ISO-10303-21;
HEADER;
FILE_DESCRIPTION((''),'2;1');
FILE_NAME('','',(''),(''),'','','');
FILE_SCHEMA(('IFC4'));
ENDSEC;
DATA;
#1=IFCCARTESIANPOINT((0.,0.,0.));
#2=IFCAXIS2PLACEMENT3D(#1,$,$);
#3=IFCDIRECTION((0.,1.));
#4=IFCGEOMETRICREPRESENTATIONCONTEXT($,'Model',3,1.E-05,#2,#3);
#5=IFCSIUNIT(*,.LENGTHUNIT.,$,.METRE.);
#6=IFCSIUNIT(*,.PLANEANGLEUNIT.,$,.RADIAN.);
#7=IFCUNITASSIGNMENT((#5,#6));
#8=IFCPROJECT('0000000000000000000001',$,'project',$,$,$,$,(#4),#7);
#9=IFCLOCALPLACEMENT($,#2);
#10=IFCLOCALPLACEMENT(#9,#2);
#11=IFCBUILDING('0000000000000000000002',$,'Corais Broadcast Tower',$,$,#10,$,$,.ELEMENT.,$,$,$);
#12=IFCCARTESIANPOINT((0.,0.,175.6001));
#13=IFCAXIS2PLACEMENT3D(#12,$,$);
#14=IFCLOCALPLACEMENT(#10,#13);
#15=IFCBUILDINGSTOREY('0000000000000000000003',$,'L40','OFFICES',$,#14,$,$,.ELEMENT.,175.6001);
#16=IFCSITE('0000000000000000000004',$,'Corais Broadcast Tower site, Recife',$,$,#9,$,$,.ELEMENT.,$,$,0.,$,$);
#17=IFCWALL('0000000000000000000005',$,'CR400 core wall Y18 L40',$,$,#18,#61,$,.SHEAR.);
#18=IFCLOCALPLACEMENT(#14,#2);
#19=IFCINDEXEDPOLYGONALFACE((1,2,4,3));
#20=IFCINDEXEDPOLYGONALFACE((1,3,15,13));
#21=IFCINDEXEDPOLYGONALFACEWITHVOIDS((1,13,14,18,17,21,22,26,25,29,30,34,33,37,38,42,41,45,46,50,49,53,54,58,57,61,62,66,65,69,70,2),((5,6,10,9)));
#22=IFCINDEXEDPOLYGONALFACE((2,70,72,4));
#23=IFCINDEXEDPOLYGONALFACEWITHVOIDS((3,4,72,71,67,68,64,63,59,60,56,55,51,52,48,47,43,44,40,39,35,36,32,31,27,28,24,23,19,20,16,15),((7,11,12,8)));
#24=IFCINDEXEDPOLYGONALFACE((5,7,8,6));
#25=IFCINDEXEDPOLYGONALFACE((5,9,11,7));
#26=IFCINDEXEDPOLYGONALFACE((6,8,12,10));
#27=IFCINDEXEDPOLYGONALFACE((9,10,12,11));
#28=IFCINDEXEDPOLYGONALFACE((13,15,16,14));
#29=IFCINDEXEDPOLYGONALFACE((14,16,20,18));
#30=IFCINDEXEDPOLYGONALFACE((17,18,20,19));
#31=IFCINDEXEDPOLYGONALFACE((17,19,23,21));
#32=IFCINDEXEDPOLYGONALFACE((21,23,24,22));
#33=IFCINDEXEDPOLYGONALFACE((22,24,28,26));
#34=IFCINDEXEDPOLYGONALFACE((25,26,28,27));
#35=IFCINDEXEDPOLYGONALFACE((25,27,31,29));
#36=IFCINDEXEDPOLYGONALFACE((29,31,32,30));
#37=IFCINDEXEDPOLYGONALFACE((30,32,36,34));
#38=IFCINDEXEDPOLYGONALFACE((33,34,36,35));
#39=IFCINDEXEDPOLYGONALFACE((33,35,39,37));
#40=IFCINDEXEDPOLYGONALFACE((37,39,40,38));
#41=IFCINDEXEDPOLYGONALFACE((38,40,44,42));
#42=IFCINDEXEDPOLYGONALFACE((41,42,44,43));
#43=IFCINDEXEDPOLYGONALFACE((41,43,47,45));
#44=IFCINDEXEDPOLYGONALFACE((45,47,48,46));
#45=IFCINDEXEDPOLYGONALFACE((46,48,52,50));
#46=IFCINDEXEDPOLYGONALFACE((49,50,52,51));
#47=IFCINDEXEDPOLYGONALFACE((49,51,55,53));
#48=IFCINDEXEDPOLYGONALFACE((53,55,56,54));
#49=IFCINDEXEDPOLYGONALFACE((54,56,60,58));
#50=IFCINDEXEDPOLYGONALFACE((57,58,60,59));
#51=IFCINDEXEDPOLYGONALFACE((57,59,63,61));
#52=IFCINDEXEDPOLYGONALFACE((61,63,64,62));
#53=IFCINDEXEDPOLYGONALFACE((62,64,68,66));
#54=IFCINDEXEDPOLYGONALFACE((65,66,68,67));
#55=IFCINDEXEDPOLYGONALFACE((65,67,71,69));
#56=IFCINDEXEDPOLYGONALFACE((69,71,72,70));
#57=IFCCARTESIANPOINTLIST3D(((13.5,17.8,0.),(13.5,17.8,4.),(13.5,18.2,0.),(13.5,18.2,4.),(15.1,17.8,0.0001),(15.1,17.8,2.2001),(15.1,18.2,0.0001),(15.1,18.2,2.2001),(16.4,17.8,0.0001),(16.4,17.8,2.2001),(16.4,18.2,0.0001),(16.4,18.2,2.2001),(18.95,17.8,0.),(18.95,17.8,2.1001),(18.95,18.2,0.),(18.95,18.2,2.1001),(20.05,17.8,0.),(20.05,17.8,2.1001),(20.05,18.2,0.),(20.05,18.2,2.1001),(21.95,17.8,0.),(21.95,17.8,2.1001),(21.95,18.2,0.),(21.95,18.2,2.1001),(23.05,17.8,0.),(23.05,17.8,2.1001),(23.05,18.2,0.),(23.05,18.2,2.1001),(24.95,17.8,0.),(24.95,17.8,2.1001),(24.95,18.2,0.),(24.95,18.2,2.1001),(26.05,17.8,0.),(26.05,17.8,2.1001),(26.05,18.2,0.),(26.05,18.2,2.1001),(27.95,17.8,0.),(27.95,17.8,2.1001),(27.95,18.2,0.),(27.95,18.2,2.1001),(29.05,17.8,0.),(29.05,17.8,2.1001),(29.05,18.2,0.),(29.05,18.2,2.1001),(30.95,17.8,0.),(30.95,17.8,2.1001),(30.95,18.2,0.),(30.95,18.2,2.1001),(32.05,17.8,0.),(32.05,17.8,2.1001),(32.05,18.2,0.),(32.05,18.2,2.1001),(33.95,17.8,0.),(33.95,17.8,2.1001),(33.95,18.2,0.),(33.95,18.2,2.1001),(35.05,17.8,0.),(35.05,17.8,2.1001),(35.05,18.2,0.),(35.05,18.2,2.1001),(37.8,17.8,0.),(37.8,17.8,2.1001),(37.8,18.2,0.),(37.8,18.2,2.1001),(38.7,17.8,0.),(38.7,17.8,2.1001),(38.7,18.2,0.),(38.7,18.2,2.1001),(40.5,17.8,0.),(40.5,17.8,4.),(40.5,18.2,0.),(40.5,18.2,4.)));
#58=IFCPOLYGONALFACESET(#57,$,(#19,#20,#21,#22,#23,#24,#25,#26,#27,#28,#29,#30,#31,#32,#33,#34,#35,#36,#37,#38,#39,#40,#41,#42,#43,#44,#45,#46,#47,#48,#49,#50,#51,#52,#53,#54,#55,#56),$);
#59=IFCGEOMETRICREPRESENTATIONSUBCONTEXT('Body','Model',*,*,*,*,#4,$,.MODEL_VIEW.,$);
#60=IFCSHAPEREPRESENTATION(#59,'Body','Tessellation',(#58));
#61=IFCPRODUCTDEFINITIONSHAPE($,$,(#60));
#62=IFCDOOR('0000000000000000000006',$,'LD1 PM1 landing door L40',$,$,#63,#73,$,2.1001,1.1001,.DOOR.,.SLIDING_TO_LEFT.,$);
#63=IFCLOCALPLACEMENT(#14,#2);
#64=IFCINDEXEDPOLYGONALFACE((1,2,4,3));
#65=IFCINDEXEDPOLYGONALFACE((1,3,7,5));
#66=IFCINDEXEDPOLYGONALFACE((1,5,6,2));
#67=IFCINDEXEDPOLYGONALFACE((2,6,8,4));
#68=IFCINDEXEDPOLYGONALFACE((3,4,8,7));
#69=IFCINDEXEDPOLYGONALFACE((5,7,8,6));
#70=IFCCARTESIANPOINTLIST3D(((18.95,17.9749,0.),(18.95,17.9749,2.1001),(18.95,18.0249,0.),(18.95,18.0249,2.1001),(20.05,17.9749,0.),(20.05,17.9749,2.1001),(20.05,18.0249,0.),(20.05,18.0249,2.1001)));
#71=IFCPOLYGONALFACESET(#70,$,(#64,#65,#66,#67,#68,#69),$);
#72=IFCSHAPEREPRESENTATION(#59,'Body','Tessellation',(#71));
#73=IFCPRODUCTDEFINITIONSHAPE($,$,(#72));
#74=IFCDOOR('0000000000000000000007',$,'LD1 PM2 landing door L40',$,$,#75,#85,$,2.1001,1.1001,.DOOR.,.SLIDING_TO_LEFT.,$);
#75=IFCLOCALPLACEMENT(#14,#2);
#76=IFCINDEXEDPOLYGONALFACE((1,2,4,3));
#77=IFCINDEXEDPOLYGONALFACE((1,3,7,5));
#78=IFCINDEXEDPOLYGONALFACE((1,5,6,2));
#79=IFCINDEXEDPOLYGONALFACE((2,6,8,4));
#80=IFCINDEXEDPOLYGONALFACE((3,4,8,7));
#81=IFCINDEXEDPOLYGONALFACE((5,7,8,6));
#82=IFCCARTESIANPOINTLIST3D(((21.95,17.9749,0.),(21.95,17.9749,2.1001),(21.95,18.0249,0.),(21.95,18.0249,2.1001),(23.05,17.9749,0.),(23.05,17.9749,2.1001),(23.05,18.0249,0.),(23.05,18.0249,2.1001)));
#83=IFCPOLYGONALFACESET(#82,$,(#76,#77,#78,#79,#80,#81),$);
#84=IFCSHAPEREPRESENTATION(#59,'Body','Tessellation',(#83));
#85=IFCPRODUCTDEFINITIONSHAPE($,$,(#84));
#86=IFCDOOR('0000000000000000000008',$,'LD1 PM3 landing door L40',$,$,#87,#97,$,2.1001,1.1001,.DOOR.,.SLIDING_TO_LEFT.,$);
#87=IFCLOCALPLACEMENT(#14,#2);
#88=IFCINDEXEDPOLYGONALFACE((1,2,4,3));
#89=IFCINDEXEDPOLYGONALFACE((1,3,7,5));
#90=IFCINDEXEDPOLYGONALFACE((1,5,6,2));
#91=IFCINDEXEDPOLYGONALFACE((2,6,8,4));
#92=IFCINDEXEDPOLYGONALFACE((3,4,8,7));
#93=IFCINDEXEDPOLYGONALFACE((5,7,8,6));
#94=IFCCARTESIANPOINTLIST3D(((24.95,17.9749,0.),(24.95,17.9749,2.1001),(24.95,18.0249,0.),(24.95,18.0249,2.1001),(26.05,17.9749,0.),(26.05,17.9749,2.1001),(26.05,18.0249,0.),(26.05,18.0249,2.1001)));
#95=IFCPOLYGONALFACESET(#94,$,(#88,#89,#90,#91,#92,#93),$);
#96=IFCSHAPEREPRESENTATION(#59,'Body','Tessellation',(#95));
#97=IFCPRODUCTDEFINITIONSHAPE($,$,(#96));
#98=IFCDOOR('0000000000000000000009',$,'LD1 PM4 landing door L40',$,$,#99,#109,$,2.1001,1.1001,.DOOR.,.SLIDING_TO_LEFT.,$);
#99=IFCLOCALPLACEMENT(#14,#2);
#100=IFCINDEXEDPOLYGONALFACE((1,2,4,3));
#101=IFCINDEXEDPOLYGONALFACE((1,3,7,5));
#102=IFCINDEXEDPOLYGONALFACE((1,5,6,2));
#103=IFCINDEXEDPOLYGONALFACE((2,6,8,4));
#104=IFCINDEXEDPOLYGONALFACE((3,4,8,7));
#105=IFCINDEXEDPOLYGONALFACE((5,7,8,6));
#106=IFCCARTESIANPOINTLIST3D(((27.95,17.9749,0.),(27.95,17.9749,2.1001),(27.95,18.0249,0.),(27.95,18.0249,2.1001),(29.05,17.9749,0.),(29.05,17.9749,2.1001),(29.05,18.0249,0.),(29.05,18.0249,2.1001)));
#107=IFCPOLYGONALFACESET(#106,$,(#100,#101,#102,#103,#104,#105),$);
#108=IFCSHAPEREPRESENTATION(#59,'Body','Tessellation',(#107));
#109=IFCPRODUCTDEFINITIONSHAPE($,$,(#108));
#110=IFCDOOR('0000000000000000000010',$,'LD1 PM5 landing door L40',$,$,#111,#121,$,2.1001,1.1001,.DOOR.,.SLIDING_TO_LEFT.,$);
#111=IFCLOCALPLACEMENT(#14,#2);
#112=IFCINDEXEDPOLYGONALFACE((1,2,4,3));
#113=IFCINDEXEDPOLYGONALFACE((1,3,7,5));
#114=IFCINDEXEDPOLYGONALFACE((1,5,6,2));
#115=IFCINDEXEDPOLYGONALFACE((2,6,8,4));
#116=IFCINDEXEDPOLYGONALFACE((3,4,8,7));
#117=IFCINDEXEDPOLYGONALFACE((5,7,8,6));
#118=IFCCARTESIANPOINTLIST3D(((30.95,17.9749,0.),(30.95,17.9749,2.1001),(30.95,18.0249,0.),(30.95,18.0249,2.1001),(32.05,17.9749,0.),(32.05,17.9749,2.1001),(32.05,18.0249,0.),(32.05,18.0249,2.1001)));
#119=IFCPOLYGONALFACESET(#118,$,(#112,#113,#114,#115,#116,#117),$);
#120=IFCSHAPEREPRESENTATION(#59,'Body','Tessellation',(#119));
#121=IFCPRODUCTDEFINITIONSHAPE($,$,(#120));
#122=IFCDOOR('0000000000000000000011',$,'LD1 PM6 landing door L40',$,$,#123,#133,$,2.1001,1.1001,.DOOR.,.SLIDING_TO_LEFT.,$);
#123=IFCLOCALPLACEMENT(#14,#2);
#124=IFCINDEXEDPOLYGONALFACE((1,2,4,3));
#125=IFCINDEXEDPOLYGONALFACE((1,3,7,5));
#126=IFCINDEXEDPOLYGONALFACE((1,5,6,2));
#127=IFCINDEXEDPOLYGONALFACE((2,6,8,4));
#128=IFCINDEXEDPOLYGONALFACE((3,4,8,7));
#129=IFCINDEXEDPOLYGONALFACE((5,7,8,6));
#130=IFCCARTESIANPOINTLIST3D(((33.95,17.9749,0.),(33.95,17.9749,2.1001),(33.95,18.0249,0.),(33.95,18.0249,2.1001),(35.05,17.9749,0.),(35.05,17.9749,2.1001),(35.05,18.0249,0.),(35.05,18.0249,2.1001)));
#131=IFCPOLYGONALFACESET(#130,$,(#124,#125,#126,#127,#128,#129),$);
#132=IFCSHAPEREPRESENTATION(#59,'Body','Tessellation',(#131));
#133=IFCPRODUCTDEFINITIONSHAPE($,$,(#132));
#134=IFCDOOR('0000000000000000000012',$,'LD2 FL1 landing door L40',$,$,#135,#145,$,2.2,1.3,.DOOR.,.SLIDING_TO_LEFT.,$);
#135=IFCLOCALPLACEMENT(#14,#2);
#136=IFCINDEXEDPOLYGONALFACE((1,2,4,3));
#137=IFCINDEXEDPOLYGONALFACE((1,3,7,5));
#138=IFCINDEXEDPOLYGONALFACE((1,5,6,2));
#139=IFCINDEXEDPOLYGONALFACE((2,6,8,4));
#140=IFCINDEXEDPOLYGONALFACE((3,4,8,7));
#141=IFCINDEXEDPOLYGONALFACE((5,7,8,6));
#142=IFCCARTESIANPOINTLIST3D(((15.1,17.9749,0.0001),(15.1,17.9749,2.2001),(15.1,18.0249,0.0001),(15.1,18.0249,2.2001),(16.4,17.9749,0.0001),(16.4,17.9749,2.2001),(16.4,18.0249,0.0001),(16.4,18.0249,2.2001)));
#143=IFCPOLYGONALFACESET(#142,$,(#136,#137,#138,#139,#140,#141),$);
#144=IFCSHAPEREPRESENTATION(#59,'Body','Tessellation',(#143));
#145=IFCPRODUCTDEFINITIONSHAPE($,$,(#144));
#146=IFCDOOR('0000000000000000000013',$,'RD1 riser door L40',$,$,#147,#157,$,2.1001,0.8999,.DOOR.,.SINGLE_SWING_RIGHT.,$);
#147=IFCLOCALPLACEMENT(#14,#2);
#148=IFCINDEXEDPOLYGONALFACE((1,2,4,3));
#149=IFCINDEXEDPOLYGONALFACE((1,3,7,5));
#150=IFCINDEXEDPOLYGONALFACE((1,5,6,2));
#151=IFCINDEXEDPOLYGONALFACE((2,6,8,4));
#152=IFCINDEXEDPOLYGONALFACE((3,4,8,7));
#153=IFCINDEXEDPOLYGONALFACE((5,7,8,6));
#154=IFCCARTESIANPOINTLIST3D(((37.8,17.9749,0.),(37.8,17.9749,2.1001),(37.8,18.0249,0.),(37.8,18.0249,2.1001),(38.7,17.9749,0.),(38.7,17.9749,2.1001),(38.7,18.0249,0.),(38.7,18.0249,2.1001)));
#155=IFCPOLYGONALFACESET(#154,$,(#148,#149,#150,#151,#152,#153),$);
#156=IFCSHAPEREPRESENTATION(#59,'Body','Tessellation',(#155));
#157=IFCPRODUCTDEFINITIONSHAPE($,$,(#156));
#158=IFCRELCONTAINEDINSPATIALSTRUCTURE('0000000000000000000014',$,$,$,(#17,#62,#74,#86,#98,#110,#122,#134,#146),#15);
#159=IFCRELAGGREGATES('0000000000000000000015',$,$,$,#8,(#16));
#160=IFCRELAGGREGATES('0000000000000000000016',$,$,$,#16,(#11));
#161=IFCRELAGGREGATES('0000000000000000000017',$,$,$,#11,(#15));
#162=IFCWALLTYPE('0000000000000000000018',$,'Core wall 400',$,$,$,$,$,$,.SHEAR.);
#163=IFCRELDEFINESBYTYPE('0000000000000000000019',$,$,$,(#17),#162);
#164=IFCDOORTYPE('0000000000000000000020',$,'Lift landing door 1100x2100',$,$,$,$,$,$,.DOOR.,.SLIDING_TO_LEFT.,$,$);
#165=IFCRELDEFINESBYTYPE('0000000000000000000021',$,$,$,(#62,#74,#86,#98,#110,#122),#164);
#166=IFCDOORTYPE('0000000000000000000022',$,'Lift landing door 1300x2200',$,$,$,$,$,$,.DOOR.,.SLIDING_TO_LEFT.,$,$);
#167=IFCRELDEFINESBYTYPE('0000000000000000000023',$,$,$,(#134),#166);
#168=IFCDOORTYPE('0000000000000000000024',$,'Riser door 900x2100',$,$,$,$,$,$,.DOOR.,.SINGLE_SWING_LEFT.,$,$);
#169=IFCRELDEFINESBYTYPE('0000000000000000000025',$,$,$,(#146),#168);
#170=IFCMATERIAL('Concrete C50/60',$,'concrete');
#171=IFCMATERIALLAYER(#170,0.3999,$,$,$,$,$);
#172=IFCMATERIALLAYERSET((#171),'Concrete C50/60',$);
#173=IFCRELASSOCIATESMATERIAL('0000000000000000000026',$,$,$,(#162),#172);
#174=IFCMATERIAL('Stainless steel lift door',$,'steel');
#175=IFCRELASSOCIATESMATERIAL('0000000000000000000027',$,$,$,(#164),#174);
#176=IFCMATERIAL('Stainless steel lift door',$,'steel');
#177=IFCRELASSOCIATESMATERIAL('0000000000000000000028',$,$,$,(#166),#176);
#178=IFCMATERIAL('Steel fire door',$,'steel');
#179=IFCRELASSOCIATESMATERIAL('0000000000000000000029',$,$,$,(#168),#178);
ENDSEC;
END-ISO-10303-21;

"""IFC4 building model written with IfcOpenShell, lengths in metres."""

from ifc_helpers import new_model, si_unit, direction, frame, frame_2d, origin, place, context, subcontext, project, spatial, rectangle, extrude, material, layer, layer_set, type_object, element, fill, save


model = new_model("IFC4")

# Units and contexts
model_context = context("Model", 3, precision=1e-05, world=origin(), true_north=direction((0.0, 1.0)))
body_context = subcontext(model_context, "Body", "Model", "MODEL_VIEW")
ifc_project = project(units=[si_unit("LENGTHUNIT", "METRE"), si_unit("PLANEANGLEUNIT", "RADIAN")], contexts=[model_context])

# Site, building, storey
site_placement = place(None, origin())
site = spatial("IfcSite", under=ifc_project, at=site_placement, Name="Corais Broadcast Tower site, Recife", CompositionType="ELEMENT", RefElevation=0.0)
building_placement = place(site_placement, origin())
building = spatial("IfcBuilding", under=site, at=building_placement, Name="Corais Broadcast Tower", CompositionType="ELEMENT")
storey_placement = place(building_placement, frame((0.0, 0.0, 175.6001)))
storey = spatial("IfcBuildingStorey", under=building, at=storey_placement, Name="L40", Description="OFFICES", CompositionType="ELEMENT", Elevation=175.6001)

# Wall, openings, doors
ifc_material_1 = material(Name="Concrete C50/60", Category="concrete")
ifc_layer_1 = layer(ifc_material_1, 0.3999)
ifc_layer_set_1 = layer_set([ifc_layer_1], Name="Concrete C50/60")
wall_type_1 = type_object("IfcWallType", Name="Core wall 400", PredefinedType="SHEAR", material=ifc_layer_set_1)
wall_1_placement = place(storey_placement, frame((13.5, 18.0, 0.0), z_axis=(0.0, 0.0, 1.0), x_axis=(1.0, 0.0, 0.0)))
wall_1 = element("IfcWall", 1, at=wall_1_placement, inside=storey, type_object=wall_type_1, Name="CR400 core wall Y18 L40", PredefinedType="SHEAR", context=body_context, shape_type="SweptSolid", body=[
    extrude(rectangle(XDim=27.0, YDim=0.3999, at=frame_2d((13.5, 0.0))), origin(), (0.0, 0.0, 1.0), 4.0),
])
opening_1_placement = place(wall_1_placement, frame((24.3, 0.0, 0.0)))
opening_1 = element("IfcOpeningElement", 2, at=opening_1_placement, cuts=wall_1, PredefinedType="OPENING", context=body_context, shape_type="SweptSolid", body=[
    extrude(rectangle(XDim=0.8999, YDim=2.1001, at=frame_2d((0.45, 1.05))), frame((0.0, 0.21, 0.0), z_axis=(0.0, -1.0, 0.0), x_axis=(1.0, 0.0, 0.0)), (0.0, 0.0, 1.0), 0.4199),
])
opening_2_placement = place(wall_1_placement, frame((5.45, 0.0, 0.0)))
opening_2 = element("IfcOpeningElement", 3, at=opening_2_placement, cuts=wall_1, PredefinedType="OPENING", context=body_context, shape_type="SweptSolid", body=[
    extrude(rectangle(XDim=1.1001, YDim=2.1001, at=frame_2d((0.55, 1.05))), frame((0.0, 0.21, 0.0), z_axis=(0.0, -1.0, 0.0), x_axis=(1.0, 0.0, 0.0)), (0.0, 0.0, 1.0), 0.4199),
])
opening_3_placement = place(wall_1_placement, frame((8.45, 0.0, 0.0)))
opening_3 = element("IfcOpeningElement", 4, at=opening_3_placement, cuts=wall_1, PredefinedType="OPENING", context=body_context, shape_type="SweptSolid", body=[
    extrude(rectangle(XDim=1.1001, YDim=2.1001, at=frame_2d((0.55, 1.05))), frame((0.0, 0.21, 0.0), z_axis=(0.0, -1.0, 0.0), x_axis=(1.0, 0.0, 0.0)), (0.0, 0.0, 1.0), 0.4199),
])
opening_4_placement = place(wall_1_placement, frame((11.45, 0.0, 0.0)))
opening_4 = element("IfcOpeningElement", 5, at=opening_4_placement, cuts=wall_1, PredefinedType="OPENING", context=body_context, shape_type="SweptSolid", body=[
    extrude(rectangle(XDim=1.1001, YDim=2.1001, at=frame_2d((0.55, 1.05))), frame((0.0, 0.21, 0.0), z_axis=(0.0, -1.0, 0.0), x_axis=(1.0, 0.0, 0.0)), (0.0, 0.0, 1.0), 0.4199),
])
opening_5_placement = place(wall_1_placement, frame((14.45, 0.0, 0.0)))
opening_5 = element("IfcOpeningElement", 6, at=opening_5_placement, cuts=wall_1, PredefinedType="OPENING", context=body_context, shape_type="SweptSolid", body=[
    extrude(rectangle(XDim=1.1001, YDim=2.1001, at=frame_2d((0.55, 1.05))), frame((0.0, 0.21, 0.0), z_axis=(0.0, -1.0, 0.0), x_axis=(1.0, 0.0, 0.0)), (0.0, 0.0, 1.0), 0.4199),
])
opening_6_placement = place(wall_1_placement, frame((17.45, 0.0, 0.0)))
opening_6 = element("IfcOpeningElement", 7, at=opening_6_placement, cuts=wall_1, PredefinedType="OPENING", context=body_context, shape_type="SweptSolid", body=[
    extrude(rectangle(XDim=1.1001, YDim=2.1001, at=frame_2d((0.55, 1.05))), frame((0.0, 0.21, 0.0), z_axis=(0.0, -1.0, 0.0), x_axis=(1.0, 0.0, 0.0)), (0.0, 0.0, 1.0), 0.4199),
])
opening_7_placement = place(wall_1_placement, frame((20.45, 0.0, 0.0)))
opening_7 = element("IfcOpeningElement", 8, at=opening_7_placement, cuts=wall_1, PredefinedType="OPENING", context=body_context, shape_type="SweptSolid", body=[
    extrude(rectangle(XDim=1.1001, YDim=2.1001, at=frame_2d((0.55, 1.05))), frame((0.0, 0.21, 0.0), z_axis=(0.0, -1.0, 0.0), x_axis=(1.0, 0.0, 0.0)), (0.0, 0.0, 1.0), 0.4199),
])
opening_8_placement = place(wall_1_placement, frame((1.6001, 0.0, 0.0)))
opening_8 = element("IfcOpeningElement", 9, at=opening_8_placement, cuts=wall_1, PredefinedType="OPENING", context=body_context, shape_type="SweptSolid", body=[
    extrude(rectangle(XDim=1.3, YDim=2.2, at=frame_2d((0.6499, 1.1001))), frame((0.0, 0.21, 0.0), z_axis=(0.0, -1.0, 0.0), x_axis=(1.0, 0.0, 0.0)), (0.0, 0.0, 1.0), 0.4199),
])
ifc_material_2 = material(Name="Stainless steel lift door", Category="steel")
door_type_1 = type_object("IfcDoorType", Name="Lift landing door 1100x2100", OperationType="SLIDING_TO_LEFT", PredefinedType="DOOR", material=ifc_material_2)
door_1_placement = place(opening_2_placement, origin())
door_1 = element("IfcDoor", 10, at=door_1_placement, inside=storey, type_object=door_type_1, Name="LD1 PM1 landing door L40", OperationType="SLIDING_TO_LEFT", OverallHeight=2.1001, OverallWidth=1.1001, PredefinedType="DOOR", context=body_context, shape_type="SweptSolid", body=[
    extrude(rectangle(XDim=1.1001, YDim=2.1001, at=frame_2d((0.55, 1.05))), frame((0.0, 0.0249, 0.0), z_axis=(0.0, -1.0, 0.0), x_axis=(1.0, 0.0, 0.0)), (0.0, 0.0, 1.0), 0.05),
])
fill(opening_2, door_1)
door_2_placement = place(opening_3_placement, origin())
door_2 = element("IfcDoor", 11, at=door_2_placement, inside=storey, type_object=door_type_1, Name="LD1 PM2 landing door L40", OperationType="SLIDING_TO_LEFT", OverallHeight=2.1001, OverallWidth=1.1001, PredefinedType="DOOR", context=body_context, shape_type="SweptSolid", body=[
    extrude(rectangle(XDim=1.1001, YDim=2.1001, at=frame_2d((0.55, 1.05))), frame((0.0, 0.0249, 0.0), z_axis=(0.0, -1.0, 0.0), x_axis=(1.0, 0.0, 0.0)), (0.0, 0.0, 1.0), 0.05),
])
fill(opening_3, door_2)
door_3_placement = place(opening_4_placement, origin())
door_3 = element("IfcDoor", 12, at=door_3_placement, inside=storey, type_object=door_type_1, Name="LD1 PM3 landing door L40", OperationType="SLIDING_TO_LEFT", OverallHeight=2.1001, OverallWidth=1.1001, PredefinedType="DOOR", context=body_context, shape_type="SweptSolid", body=[
    extrude(rectangle(XDim=1.1001, YDim=2.1001, at=frame_2d((0.55, 1.05))), frame((0.0, 0.0249, 0.0), z_axis=(0.0, -1.0, 0.0), x_axis=(1.0, 0.0, 0.0)), (0.0, 0.0, 1.0), 0.05),
])
fill(opening_4, door_3)
door_4_placement = place(opening_5_placement, origin())
door_4 = element("IfcDoor", 13, at=door_4_placement, inside=storey, type_object=door_type_1, Name="LD1 PM4 landing door L40", OperationType="SLIDING_TO_LEFT", OverallHeight=2.1001, OverallWidth=1.1001, PredefinedType="DOOR", context=body_context, shape_type="SweptSolid", body=[
    extrude(rectangle(XDim=1.1001, YDim=2.1001, at=frame_2d((0.55, 1.05))), frame((0.0, 0.0249, 0.0), z_axis=(0.0, -1.0, 0.0), x_axis=(1.0, 0.0, 0.0)), (0.0, 0.0, 1.0), 0.05),
])
fill(opening_5, door_4)
door_5_placement = place(opening_6_placement, origin())
door_5 = element("IfcDoor", 14, at=door_5_placement, inside=storey, type_object=door_type_1, Name="LD1 PM5 landing door L40", OperationType="SLIDING_TO_LEFT", OverallHeight=2.1001, OverallWidth=1.1001, PredefinedType="DOOR", context=body_context, shape_type="SweptSolid", body=[
    extrude(rectangle(XDim=1.1001, YDim=2.1001, at=frame_2d((0.55, 1.05))), frame((0.0, 0.0249, 0.0), z_axis=(0.0, -1.0, 0.0), x_axis=(1.0, 0.0, 0.0)), (0.0, 0.0, 1.0), 0.05),
])
fill(opening_6, door_5)
door_6_placement = place(opening_7_placement, origin())
door_6 = element("IfcDoor", 15, at=door_6_placement, inside=storey, type_object=door_type_1, Name="LD1 PM6 landing door L40", OperationType="SLIDING_TO_LEFT", OverallHeight=2.1001, OverallWidth=1.1001, PredefinedType="DOOR", context=body_context, shape_type="SweptSolid", body=[
    extrude(rectangle(XDim=1.1001, YDim=2.1001, at=frame_2d((0.55, 1.05))), frame((0.0, 0.0249, 0.0), z_axis=(0.0, -1.0, 0.0), x_axis=(1.0, 0.0, 0.0)), (0.0, 0.0, 1.0), 0.05),
])
fill(opening_7, door_6)
ifc_material_3 = material(Name="Stainless steel lift door", Category="steel")
door_type_2 = type_object("IfcDoorType", Name="Lift landing door 1300x2200", OperationType="SLIDING_TO_LEFT", PredefinedType="DOOR", material=ifc_material_3)
door_7_placement = place(opening_8_placement, origin())
door_7 = element("IfcDoor", 16, at=door_7_placement, inside=storey, type_object=door_type_2, Name="LD2 FL1 landing door L40", OperationType="SLIDING_TO_LEFT", OverallHeight=2.2, OverallWidth=1.3, PredefinedType="DOOR", context=body_context, shape_type="SweptSolid", body=[
    extrude(rectangle(XDim=1.3, YDim=2.2, at=frame_2d((0.6499, 1.1001))), frame((0.0, 0.0249, 0.0), z_axis=(0.0, -1.0, 0.0), x_axis=(1.0, 0.0, 0.0)), (0.0, 0.0, 1.0), 0.05),
])
fill(opening_8, door_7)
ifc_material_4 = material(Name="Steel fire door", Category="steel")
door_type_3 = type_object("IfcDoorType", Name="Riser door 900x2100", OperationType="SINGLE_SWING_LEFT", PredefinedType="DOOR", material=ifc_material_4)
door_8_placement = place(opening_1_placement, origin())
door_8 = element("IfcDoor", 17, at=door_8_placement, inside=storey, type_object=door_type_3, Name="RD1 riser door L40", OperationType="SINGLE_SWING_RIGHT", OverallHeight=2.1001, OverallWidth=0.8999, PredefinedType="DOOR", context=body_context, shape_type="SweptSolid", body=[
    extrude(rectangle(XDim=0.8999, YDim=2.1001, at=frame_2d((0.45, 1.05))), frame((0.0, 0.0249, 0.0), z_axis=(0.0, -1.0, 0.0), x_axis=(1.0, 0.0, 0.0)), (0.0, 0.0, 1.0), 0.05),
])
fill(opening_1, door_8)

save(model, "model.ifc")
